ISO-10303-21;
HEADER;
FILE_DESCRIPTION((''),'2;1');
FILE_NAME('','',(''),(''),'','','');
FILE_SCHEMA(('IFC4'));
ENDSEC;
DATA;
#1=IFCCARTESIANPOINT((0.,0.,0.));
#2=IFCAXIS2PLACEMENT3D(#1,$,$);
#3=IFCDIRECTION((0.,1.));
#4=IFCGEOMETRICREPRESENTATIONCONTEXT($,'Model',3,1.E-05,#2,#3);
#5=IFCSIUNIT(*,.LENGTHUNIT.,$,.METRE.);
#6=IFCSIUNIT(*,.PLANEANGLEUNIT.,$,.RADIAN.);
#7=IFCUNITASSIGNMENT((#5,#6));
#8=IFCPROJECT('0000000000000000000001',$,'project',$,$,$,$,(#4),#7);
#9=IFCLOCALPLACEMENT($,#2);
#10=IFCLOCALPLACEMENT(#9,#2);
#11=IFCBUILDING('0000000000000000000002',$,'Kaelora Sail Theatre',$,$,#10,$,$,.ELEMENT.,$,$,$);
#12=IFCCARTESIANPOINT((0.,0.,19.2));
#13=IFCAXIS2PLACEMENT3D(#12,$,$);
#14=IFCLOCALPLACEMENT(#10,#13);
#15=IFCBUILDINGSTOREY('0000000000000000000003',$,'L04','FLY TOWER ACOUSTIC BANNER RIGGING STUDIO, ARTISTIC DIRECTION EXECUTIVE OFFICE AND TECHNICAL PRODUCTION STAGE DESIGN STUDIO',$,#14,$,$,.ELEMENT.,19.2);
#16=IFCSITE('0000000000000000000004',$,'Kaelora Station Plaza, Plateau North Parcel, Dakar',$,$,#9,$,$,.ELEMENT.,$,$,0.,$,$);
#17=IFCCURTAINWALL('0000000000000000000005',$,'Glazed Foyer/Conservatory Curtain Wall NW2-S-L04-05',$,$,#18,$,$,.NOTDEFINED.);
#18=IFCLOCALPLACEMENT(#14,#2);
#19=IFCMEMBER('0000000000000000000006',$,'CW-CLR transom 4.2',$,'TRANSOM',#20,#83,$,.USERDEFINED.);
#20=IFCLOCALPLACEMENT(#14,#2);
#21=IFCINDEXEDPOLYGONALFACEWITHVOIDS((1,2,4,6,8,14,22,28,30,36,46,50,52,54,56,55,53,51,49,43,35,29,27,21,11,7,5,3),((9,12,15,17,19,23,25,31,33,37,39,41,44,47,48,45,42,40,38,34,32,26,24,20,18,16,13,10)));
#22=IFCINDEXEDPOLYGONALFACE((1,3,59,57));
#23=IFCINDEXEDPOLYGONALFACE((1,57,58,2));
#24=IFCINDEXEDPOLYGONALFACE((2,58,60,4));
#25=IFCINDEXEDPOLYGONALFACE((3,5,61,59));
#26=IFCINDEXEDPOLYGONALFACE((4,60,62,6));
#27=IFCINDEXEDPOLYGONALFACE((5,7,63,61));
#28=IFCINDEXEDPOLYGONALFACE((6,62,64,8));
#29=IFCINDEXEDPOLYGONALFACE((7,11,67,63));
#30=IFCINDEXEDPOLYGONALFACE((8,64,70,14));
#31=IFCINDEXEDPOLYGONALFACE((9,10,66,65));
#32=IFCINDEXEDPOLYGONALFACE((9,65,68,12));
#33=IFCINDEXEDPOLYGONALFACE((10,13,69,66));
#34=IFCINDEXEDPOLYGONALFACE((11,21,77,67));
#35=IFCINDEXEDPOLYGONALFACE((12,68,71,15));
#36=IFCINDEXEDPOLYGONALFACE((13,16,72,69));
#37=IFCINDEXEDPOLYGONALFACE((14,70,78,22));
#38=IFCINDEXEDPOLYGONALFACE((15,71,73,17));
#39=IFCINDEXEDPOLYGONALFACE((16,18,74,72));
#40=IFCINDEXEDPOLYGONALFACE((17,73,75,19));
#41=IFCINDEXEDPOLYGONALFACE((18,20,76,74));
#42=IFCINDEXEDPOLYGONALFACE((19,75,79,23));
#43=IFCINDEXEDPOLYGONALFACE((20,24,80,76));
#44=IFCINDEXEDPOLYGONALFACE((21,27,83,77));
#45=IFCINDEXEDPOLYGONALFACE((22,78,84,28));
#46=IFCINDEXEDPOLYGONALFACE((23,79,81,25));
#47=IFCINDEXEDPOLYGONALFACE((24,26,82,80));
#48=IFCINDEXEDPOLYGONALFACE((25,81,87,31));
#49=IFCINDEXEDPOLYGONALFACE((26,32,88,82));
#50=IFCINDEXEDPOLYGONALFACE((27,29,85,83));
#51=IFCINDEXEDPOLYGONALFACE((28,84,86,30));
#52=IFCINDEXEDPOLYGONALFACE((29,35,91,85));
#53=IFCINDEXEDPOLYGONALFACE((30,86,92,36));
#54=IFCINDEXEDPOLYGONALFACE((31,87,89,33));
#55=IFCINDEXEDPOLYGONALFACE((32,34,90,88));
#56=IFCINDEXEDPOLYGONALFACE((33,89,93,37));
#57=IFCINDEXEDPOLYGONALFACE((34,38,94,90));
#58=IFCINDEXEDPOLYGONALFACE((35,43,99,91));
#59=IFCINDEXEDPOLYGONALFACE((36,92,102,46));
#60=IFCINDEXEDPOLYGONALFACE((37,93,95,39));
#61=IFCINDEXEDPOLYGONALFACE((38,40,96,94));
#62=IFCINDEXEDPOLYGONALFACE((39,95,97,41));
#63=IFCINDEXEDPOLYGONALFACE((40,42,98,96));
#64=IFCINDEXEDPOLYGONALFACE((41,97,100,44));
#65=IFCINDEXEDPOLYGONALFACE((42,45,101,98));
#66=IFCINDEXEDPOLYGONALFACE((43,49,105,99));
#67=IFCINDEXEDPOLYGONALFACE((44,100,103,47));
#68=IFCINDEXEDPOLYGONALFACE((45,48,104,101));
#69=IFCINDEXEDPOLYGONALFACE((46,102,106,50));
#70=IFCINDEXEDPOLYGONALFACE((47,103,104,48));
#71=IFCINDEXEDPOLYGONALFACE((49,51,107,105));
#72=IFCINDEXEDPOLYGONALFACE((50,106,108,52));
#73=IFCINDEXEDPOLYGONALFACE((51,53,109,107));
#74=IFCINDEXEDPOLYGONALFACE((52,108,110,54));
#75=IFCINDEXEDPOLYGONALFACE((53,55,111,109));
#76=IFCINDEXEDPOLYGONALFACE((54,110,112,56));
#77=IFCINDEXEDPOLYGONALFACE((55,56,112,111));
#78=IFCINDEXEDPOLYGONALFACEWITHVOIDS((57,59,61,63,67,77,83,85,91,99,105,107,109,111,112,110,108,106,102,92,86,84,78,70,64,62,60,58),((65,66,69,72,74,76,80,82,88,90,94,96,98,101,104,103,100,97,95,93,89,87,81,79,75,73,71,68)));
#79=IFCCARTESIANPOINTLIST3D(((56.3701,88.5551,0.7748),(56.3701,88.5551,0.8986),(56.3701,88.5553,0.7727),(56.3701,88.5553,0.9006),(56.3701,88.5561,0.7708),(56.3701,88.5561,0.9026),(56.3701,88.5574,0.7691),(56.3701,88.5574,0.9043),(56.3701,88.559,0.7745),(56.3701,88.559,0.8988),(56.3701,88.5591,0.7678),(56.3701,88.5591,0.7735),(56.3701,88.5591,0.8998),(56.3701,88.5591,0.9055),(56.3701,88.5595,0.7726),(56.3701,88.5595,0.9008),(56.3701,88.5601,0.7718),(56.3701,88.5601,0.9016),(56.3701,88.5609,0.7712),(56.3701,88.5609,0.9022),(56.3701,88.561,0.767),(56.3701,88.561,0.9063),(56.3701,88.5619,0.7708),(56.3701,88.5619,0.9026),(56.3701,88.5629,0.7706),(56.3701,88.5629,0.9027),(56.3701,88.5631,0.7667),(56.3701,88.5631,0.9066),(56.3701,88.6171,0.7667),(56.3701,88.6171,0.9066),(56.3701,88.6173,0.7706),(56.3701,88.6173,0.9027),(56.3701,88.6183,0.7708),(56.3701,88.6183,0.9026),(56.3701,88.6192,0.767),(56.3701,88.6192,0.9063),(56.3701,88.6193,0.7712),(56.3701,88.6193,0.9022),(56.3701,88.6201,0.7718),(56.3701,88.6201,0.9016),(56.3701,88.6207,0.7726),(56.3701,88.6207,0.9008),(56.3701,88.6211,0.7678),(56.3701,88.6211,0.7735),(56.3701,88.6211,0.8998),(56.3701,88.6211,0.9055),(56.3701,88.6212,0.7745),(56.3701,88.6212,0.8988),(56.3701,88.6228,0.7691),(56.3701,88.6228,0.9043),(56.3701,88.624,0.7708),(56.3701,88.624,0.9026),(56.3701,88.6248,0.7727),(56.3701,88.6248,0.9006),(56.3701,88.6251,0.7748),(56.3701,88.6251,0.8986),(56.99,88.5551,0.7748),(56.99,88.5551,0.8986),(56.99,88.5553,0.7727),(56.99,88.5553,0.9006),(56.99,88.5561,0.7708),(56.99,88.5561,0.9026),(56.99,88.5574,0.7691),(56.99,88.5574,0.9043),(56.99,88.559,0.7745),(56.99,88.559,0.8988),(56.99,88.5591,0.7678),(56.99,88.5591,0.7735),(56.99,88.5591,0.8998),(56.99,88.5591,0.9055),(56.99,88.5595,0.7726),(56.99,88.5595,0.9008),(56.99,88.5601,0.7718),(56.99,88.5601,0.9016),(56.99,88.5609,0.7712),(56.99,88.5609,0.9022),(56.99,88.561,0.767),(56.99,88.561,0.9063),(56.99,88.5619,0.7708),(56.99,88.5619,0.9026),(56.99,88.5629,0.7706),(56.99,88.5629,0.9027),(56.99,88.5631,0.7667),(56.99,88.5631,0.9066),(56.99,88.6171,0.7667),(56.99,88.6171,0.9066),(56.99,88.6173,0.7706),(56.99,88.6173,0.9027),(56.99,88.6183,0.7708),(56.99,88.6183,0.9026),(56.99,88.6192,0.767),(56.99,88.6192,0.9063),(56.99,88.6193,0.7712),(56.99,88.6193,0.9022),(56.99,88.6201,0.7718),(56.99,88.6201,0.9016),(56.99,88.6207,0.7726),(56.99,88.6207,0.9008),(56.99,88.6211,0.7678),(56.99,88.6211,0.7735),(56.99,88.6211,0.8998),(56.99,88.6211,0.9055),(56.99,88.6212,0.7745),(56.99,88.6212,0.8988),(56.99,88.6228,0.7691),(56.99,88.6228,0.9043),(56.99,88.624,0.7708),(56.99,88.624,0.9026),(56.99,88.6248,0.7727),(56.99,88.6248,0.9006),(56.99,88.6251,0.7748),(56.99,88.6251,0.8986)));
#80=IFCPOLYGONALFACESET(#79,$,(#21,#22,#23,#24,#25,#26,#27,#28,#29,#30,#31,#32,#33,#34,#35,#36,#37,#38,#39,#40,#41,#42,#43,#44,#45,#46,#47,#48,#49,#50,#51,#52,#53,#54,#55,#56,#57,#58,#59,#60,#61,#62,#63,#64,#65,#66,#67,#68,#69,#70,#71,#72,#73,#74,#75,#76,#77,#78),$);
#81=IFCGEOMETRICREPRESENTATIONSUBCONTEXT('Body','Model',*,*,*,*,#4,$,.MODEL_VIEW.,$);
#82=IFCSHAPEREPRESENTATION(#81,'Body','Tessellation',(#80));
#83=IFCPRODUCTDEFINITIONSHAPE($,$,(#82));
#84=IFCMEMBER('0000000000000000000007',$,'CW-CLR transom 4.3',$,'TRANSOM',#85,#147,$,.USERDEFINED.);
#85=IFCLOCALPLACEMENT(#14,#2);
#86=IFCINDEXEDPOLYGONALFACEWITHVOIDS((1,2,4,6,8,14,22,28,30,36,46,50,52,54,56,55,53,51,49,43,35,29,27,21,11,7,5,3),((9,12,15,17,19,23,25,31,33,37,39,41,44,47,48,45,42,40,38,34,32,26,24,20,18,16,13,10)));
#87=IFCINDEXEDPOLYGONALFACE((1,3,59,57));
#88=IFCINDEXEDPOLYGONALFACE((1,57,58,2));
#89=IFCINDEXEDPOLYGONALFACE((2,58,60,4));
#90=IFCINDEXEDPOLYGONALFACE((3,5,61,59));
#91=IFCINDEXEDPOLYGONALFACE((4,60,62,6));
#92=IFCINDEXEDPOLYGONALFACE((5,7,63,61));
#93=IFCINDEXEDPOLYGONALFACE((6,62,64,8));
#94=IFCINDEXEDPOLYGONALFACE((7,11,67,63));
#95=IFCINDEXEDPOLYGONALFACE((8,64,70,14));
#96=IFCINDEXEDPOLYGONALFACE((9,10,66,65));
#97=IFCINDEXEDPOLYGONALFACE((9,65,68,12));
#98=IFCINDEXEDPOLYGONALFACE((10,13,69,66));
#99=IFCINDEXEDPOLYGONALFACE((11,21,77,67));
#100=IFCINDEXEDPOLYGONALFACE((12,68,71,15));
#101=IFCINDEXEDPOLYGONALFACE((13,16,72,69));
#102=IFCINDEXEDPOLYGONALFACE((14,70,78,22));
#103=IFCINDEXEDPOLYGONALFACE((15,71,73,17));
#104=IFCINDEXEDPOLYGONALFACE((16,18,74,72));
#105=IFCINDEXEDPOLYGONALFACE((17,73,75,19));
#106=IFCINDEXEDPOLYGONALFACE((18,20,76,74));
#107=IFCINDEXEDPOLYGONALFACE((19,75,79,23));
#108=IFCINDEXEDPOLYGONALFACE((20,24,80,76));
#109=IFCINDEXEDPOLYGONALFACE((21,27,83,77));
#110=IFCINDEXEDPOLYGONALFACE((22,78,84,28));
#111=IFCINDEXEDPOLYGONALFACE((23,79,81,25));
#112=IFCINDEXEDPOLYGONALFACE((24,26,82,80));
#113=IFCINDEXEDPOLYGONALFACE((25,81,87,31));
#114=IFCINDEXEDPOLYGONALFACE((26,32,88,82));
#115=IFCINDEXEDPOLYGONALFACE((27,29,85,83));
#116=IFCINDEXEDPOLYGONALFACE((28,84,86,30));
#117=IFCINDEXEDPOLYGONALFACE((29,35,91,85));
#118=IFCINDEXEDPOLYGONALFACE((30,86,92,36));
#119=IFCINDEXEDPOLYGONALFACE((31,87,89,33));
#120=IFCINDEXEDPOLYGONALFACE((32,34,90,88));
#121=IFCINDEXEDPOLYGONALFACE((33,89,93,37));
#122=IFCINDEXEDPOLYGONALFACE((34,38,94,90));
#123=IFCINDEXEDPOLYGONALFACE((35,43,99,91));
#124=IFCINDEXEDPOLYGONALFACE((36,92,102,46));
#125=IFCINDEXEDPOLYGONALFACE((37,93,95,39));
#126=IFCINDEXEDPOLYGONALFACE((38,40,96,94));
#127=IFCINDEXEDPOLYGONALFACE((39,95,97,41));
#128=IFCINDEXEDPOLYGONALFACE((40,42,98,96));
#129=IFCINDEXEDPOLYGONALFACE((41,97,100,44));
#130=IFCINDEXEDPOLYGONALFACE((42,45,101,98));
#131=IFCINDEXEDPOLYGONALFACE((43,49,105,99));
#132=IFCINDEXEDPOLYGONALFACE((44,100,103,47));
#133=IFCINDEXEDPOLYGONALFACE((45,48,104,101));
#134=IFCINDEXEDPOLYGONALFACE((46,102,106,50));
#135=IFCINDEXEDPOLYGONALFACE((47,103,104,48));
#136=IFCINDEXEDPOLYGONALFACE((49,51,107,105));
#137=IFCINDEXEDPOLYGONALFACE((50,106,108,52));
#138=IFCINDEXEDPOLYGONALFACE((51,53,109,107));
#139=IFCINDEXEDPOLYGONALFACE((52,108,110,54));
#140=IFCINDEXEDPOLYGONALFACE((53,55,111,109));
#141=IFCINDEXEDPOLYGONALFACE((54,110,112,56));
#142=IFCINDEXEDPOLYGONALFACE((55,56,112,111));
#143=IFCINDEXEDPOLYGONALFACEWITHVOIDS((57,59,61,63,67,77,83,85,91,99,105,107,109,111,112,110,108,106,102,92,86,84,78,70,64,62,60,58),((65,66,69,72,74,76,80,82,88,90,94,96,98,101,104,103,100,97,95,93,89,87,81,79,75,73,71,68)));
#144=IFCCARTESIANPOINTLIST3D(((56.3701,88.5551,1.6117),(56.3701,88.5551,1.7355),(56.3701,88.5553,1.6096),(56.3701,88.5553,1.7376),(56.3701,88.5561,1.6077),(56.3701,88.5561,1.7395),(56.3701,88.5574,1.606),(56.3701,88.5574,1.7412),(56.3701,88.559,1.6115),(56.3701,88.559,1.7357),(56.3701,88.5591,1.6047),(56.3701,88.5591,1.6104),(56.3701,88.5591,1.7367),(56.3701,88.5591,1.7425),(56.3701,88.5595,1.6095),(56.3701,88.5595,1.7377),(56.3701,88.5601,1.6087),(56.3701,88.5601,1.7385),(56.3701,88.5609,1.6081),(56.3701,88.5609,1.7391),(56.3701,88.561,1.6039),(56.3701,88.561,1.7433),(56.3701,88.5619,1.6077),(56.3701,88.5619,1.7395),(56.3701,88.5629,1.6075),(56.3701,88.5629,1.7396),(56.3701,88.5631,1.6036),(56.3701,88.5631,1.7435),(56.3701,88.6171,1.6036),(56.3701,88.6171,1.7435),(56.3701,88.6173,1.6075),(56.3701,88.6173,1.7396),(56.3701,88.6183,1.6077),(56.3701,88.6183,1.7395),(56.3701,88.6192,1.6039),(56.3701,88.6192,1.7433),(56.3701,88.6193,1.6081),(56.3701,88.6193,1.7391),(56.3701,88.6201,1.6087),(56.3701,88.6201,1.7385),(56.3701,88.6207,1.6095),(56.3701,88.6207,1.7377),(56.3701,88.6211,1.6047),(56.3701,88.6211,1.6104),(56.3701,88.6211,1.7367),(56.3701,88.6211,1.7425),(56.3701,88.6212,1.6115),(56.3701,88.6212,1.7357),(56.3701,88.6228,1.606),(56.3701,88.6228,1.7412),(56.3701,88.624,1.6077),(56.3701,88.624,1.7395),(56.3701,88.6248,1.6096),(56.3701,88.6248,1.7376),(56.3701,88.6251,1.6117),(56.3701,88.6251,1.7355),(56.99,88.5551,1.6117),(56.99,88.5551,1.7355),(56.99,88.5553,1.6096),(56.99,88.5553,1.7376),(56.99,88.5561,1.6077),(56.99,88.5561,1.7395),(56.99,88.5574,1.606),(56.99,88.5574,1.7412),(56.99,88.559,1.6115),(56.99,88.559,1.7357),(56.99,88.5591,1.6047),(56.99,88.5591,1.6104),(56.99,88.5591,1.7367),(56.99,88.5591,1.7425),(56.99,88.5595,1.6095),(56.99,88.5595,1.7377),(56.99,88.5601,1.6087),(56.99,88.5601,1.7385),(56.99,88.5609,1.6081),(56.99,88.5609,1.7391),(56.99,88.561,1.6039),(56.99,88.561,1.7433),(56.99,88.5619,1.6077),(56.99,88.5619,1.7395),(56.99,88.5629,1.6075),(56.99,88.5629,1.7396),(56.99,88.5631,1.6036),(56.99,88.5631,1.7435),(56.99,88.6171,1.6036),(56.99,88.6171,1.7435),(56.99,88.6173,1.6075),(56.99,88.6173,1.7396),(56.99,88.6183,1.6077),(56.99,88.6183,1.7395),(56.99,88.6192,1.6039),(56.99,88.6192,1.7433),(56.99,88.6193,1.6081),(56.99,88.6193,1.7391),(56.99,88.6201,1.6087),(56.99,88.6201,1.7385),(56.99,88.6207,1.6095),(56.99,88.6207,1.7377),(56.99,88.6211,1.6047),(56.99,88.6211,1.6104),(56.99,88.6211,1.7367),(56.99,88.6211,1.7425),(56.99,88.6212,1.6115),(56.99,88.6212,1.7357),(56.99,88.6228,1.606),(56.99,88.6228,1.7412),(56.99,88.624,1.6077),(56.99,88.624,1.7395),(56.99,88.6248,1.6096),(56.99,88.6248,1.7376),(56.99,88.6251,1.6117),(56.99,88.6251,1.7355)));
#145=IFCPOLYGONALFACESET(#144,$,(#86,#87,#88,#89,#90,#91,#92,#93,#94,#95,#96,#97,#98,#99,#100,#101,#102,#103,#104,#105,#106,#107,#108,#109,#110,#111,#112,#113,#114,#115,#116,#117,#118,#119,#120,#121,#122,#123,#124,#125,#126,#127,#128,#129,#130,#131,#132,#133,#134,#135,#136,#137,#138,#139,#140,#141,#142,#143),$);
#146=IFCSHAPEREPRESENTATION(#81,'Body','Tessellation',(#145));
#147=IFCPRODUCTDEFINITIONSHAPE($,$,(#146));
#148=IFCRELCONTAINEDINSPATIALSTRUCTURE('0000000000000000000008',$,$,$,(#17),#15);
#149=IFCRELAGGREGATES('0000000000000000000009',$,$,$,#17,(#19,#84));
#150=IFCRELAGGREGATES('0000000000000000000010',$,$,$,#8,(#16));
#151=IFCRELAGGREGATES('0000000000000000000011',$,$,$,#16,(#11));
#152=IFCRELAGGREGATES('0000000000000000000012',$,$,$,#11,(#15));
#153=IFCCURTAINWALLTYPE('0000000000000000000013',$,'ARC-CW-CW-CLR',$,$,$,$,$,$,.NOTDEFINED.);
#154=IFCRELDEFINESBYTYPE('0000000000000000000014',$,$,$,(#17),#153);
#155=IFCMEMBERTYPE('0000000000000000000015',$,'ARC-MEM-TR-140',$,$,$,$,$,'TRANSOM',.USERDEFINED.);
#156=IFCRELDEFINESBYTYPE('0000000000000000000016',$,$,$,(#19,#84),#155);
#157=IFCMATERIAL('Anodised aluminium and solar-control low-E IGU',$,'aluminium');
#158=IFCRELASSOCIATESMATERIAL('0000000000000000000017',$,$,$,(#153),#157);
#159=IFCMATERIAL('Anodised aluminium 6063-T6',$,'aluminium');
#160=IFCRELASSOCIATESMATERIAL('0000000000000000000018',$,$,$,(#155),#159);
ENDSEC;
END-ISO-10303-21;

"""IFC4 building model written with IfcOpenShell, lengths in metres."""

from ifc_helpers import new_model, si_unit, direction, frame, origin, origin_2d, place, context, subcontext, project, spatial, hollow_rectangle, extrude, material, material_profile, profile_set, type_object, element, aggregate, save


model = new_model("IFC4")

# Units and contexts
model_context = context("Model", 3, precision=1e-05, world=origin(), true_north=direction((0.0, 1.0)))
body_context = subcontext(model_context, "Body", "Model", "MODEL_VIEW")
ifc_project = project(units=[si_unit("LENGTHUNIT", "METRE"), si_unit("PLANEANGLEUNIT", "RADIAN")], contexts=[model_context])

# Site, building, storey
site_placement = place(None, origin())
site = spatial("IfcSite", under=ifc_project, at=site_placement, Name="Kaelora Station Plaza, Plateau North Parcel, Dakar", CompositionType="ELEMENT", RefElevation=0.0)
building_placement = place(site_placement, origin())
building = spatial("IfcBuilding", under=site, at=building_placement, Name="Kaelora Sail Theatre", CompositionType="ELEMENT")
storey_placement = place(building_placement, frame((0.0, 0.0, 19.2)))
storey = spatial("IfcBuildingStorey", under=building, at=storey_placement, Name="L04", Description="FLY TOWER ACOUSTIC BANNER RIGGING STUDIO, ARTISTIC DIRECTION EXECUTIVE OFFICE AND TECHNICAL PRODUCTION STAGE DESIGN STUDIO", CompositionType="ELEMENT", Elevation=19.2)

# Curtain wall, members
ifc_material_1 = material(Name="Anodised aluminium and solar-control low-E IGU", Category="aluminium")
curtain_wall_type = type_object("IfcCurtainWallType", Name="ARC-CW-CW-CLR", PredefinedType="NOTDEFINED", material=ifc_material_1)
curtain_wall_placement = place(storey_placement, origin())
curtain_wall = element("IfcCurtainWall", 1, at=curtain_wall_placement, inside=storey, type_object=curtain_wall_type, Name="Glazed Foyer/Conservatory Curtain Wall NW2-S-L04-05", PredefinedType="NOTDEFINED")
ifc_material_2 = material(Name="Anodised aluminium 6063-T6", Category="aluminium")
ifc_material_profile_1 = material_profile(ifc_material_2, hollow_rectangle(XDim=0.0701, YDim=0.1399, WallThickness=0.0039, InnerFilletRadius=0.0039, OuterFilletRadius=0.0081, at=origin_2d()), Name="ALU-TRAN 70x140x4")
ifc_profile_set_1 = profile_set([ifc_material_profile_1], Name="Anodised aluminium 6063-T6")
member_type_1 = type_object("IfcMemberType", Name="ARC-MEM-TR-140", ElementType="TRANSOM", PredefinedType="USERDEFINED", material=ifc_profile_set_1)
member_1_placement = place(storey_placement, frame((56.3701, 88.5901, 0.8367), z_axis=(1.0, 0.0, 0.0), x_axis=(0.0, 1.0, 0.0)))
member_1 = element("IfcMember", 2, at=member_1_placement, type_object=member_type_1, Name="CW-CLR transom 4.2", ObjectType="TRANSOM", PredefinedType="USERDEFINED", context=body_context, shape_type="SweptSolid", body=[
    extrude(hollow_rectangle(XDim=0.0701, YDim=0.1399, WallThickness=0.0039, InnerFilletRadius=0.0039, OuterFilletRadius=0.0081, at=origin_2d()), origin(), (0.0, 0.0, 1.0), 0.6199),
])
member_2_placement = place(storey_placement, frame((56.3701, 88.5901, 1.6736), z_axis=(1.0, 0.0, 0.0), x_axis=(0.0, 1.0, 0.0)))
member_2 = element("IfcMember", 3, at=member_2_placement, type_object=member_type_1, Name="CW-CLR transom 4.3", ObjectType="TRANSOM", PredefinedType="USERDEFINED", context=body_context, shape_type="SweptSolid", body=[
    extrude(hollow_rectangle(XDim=0.0701, YDim=0.1399, WallThickness=0.0039, InnerFilletRadius=0.0039, OuterFilletRadius=0.0081, at=origin_2d()), origin(), (0.0, 0.0, 1.0), 0.6199),
])
aggregate(curtain_wall, [member_1, member_2])

save(model, "model.ifc")
